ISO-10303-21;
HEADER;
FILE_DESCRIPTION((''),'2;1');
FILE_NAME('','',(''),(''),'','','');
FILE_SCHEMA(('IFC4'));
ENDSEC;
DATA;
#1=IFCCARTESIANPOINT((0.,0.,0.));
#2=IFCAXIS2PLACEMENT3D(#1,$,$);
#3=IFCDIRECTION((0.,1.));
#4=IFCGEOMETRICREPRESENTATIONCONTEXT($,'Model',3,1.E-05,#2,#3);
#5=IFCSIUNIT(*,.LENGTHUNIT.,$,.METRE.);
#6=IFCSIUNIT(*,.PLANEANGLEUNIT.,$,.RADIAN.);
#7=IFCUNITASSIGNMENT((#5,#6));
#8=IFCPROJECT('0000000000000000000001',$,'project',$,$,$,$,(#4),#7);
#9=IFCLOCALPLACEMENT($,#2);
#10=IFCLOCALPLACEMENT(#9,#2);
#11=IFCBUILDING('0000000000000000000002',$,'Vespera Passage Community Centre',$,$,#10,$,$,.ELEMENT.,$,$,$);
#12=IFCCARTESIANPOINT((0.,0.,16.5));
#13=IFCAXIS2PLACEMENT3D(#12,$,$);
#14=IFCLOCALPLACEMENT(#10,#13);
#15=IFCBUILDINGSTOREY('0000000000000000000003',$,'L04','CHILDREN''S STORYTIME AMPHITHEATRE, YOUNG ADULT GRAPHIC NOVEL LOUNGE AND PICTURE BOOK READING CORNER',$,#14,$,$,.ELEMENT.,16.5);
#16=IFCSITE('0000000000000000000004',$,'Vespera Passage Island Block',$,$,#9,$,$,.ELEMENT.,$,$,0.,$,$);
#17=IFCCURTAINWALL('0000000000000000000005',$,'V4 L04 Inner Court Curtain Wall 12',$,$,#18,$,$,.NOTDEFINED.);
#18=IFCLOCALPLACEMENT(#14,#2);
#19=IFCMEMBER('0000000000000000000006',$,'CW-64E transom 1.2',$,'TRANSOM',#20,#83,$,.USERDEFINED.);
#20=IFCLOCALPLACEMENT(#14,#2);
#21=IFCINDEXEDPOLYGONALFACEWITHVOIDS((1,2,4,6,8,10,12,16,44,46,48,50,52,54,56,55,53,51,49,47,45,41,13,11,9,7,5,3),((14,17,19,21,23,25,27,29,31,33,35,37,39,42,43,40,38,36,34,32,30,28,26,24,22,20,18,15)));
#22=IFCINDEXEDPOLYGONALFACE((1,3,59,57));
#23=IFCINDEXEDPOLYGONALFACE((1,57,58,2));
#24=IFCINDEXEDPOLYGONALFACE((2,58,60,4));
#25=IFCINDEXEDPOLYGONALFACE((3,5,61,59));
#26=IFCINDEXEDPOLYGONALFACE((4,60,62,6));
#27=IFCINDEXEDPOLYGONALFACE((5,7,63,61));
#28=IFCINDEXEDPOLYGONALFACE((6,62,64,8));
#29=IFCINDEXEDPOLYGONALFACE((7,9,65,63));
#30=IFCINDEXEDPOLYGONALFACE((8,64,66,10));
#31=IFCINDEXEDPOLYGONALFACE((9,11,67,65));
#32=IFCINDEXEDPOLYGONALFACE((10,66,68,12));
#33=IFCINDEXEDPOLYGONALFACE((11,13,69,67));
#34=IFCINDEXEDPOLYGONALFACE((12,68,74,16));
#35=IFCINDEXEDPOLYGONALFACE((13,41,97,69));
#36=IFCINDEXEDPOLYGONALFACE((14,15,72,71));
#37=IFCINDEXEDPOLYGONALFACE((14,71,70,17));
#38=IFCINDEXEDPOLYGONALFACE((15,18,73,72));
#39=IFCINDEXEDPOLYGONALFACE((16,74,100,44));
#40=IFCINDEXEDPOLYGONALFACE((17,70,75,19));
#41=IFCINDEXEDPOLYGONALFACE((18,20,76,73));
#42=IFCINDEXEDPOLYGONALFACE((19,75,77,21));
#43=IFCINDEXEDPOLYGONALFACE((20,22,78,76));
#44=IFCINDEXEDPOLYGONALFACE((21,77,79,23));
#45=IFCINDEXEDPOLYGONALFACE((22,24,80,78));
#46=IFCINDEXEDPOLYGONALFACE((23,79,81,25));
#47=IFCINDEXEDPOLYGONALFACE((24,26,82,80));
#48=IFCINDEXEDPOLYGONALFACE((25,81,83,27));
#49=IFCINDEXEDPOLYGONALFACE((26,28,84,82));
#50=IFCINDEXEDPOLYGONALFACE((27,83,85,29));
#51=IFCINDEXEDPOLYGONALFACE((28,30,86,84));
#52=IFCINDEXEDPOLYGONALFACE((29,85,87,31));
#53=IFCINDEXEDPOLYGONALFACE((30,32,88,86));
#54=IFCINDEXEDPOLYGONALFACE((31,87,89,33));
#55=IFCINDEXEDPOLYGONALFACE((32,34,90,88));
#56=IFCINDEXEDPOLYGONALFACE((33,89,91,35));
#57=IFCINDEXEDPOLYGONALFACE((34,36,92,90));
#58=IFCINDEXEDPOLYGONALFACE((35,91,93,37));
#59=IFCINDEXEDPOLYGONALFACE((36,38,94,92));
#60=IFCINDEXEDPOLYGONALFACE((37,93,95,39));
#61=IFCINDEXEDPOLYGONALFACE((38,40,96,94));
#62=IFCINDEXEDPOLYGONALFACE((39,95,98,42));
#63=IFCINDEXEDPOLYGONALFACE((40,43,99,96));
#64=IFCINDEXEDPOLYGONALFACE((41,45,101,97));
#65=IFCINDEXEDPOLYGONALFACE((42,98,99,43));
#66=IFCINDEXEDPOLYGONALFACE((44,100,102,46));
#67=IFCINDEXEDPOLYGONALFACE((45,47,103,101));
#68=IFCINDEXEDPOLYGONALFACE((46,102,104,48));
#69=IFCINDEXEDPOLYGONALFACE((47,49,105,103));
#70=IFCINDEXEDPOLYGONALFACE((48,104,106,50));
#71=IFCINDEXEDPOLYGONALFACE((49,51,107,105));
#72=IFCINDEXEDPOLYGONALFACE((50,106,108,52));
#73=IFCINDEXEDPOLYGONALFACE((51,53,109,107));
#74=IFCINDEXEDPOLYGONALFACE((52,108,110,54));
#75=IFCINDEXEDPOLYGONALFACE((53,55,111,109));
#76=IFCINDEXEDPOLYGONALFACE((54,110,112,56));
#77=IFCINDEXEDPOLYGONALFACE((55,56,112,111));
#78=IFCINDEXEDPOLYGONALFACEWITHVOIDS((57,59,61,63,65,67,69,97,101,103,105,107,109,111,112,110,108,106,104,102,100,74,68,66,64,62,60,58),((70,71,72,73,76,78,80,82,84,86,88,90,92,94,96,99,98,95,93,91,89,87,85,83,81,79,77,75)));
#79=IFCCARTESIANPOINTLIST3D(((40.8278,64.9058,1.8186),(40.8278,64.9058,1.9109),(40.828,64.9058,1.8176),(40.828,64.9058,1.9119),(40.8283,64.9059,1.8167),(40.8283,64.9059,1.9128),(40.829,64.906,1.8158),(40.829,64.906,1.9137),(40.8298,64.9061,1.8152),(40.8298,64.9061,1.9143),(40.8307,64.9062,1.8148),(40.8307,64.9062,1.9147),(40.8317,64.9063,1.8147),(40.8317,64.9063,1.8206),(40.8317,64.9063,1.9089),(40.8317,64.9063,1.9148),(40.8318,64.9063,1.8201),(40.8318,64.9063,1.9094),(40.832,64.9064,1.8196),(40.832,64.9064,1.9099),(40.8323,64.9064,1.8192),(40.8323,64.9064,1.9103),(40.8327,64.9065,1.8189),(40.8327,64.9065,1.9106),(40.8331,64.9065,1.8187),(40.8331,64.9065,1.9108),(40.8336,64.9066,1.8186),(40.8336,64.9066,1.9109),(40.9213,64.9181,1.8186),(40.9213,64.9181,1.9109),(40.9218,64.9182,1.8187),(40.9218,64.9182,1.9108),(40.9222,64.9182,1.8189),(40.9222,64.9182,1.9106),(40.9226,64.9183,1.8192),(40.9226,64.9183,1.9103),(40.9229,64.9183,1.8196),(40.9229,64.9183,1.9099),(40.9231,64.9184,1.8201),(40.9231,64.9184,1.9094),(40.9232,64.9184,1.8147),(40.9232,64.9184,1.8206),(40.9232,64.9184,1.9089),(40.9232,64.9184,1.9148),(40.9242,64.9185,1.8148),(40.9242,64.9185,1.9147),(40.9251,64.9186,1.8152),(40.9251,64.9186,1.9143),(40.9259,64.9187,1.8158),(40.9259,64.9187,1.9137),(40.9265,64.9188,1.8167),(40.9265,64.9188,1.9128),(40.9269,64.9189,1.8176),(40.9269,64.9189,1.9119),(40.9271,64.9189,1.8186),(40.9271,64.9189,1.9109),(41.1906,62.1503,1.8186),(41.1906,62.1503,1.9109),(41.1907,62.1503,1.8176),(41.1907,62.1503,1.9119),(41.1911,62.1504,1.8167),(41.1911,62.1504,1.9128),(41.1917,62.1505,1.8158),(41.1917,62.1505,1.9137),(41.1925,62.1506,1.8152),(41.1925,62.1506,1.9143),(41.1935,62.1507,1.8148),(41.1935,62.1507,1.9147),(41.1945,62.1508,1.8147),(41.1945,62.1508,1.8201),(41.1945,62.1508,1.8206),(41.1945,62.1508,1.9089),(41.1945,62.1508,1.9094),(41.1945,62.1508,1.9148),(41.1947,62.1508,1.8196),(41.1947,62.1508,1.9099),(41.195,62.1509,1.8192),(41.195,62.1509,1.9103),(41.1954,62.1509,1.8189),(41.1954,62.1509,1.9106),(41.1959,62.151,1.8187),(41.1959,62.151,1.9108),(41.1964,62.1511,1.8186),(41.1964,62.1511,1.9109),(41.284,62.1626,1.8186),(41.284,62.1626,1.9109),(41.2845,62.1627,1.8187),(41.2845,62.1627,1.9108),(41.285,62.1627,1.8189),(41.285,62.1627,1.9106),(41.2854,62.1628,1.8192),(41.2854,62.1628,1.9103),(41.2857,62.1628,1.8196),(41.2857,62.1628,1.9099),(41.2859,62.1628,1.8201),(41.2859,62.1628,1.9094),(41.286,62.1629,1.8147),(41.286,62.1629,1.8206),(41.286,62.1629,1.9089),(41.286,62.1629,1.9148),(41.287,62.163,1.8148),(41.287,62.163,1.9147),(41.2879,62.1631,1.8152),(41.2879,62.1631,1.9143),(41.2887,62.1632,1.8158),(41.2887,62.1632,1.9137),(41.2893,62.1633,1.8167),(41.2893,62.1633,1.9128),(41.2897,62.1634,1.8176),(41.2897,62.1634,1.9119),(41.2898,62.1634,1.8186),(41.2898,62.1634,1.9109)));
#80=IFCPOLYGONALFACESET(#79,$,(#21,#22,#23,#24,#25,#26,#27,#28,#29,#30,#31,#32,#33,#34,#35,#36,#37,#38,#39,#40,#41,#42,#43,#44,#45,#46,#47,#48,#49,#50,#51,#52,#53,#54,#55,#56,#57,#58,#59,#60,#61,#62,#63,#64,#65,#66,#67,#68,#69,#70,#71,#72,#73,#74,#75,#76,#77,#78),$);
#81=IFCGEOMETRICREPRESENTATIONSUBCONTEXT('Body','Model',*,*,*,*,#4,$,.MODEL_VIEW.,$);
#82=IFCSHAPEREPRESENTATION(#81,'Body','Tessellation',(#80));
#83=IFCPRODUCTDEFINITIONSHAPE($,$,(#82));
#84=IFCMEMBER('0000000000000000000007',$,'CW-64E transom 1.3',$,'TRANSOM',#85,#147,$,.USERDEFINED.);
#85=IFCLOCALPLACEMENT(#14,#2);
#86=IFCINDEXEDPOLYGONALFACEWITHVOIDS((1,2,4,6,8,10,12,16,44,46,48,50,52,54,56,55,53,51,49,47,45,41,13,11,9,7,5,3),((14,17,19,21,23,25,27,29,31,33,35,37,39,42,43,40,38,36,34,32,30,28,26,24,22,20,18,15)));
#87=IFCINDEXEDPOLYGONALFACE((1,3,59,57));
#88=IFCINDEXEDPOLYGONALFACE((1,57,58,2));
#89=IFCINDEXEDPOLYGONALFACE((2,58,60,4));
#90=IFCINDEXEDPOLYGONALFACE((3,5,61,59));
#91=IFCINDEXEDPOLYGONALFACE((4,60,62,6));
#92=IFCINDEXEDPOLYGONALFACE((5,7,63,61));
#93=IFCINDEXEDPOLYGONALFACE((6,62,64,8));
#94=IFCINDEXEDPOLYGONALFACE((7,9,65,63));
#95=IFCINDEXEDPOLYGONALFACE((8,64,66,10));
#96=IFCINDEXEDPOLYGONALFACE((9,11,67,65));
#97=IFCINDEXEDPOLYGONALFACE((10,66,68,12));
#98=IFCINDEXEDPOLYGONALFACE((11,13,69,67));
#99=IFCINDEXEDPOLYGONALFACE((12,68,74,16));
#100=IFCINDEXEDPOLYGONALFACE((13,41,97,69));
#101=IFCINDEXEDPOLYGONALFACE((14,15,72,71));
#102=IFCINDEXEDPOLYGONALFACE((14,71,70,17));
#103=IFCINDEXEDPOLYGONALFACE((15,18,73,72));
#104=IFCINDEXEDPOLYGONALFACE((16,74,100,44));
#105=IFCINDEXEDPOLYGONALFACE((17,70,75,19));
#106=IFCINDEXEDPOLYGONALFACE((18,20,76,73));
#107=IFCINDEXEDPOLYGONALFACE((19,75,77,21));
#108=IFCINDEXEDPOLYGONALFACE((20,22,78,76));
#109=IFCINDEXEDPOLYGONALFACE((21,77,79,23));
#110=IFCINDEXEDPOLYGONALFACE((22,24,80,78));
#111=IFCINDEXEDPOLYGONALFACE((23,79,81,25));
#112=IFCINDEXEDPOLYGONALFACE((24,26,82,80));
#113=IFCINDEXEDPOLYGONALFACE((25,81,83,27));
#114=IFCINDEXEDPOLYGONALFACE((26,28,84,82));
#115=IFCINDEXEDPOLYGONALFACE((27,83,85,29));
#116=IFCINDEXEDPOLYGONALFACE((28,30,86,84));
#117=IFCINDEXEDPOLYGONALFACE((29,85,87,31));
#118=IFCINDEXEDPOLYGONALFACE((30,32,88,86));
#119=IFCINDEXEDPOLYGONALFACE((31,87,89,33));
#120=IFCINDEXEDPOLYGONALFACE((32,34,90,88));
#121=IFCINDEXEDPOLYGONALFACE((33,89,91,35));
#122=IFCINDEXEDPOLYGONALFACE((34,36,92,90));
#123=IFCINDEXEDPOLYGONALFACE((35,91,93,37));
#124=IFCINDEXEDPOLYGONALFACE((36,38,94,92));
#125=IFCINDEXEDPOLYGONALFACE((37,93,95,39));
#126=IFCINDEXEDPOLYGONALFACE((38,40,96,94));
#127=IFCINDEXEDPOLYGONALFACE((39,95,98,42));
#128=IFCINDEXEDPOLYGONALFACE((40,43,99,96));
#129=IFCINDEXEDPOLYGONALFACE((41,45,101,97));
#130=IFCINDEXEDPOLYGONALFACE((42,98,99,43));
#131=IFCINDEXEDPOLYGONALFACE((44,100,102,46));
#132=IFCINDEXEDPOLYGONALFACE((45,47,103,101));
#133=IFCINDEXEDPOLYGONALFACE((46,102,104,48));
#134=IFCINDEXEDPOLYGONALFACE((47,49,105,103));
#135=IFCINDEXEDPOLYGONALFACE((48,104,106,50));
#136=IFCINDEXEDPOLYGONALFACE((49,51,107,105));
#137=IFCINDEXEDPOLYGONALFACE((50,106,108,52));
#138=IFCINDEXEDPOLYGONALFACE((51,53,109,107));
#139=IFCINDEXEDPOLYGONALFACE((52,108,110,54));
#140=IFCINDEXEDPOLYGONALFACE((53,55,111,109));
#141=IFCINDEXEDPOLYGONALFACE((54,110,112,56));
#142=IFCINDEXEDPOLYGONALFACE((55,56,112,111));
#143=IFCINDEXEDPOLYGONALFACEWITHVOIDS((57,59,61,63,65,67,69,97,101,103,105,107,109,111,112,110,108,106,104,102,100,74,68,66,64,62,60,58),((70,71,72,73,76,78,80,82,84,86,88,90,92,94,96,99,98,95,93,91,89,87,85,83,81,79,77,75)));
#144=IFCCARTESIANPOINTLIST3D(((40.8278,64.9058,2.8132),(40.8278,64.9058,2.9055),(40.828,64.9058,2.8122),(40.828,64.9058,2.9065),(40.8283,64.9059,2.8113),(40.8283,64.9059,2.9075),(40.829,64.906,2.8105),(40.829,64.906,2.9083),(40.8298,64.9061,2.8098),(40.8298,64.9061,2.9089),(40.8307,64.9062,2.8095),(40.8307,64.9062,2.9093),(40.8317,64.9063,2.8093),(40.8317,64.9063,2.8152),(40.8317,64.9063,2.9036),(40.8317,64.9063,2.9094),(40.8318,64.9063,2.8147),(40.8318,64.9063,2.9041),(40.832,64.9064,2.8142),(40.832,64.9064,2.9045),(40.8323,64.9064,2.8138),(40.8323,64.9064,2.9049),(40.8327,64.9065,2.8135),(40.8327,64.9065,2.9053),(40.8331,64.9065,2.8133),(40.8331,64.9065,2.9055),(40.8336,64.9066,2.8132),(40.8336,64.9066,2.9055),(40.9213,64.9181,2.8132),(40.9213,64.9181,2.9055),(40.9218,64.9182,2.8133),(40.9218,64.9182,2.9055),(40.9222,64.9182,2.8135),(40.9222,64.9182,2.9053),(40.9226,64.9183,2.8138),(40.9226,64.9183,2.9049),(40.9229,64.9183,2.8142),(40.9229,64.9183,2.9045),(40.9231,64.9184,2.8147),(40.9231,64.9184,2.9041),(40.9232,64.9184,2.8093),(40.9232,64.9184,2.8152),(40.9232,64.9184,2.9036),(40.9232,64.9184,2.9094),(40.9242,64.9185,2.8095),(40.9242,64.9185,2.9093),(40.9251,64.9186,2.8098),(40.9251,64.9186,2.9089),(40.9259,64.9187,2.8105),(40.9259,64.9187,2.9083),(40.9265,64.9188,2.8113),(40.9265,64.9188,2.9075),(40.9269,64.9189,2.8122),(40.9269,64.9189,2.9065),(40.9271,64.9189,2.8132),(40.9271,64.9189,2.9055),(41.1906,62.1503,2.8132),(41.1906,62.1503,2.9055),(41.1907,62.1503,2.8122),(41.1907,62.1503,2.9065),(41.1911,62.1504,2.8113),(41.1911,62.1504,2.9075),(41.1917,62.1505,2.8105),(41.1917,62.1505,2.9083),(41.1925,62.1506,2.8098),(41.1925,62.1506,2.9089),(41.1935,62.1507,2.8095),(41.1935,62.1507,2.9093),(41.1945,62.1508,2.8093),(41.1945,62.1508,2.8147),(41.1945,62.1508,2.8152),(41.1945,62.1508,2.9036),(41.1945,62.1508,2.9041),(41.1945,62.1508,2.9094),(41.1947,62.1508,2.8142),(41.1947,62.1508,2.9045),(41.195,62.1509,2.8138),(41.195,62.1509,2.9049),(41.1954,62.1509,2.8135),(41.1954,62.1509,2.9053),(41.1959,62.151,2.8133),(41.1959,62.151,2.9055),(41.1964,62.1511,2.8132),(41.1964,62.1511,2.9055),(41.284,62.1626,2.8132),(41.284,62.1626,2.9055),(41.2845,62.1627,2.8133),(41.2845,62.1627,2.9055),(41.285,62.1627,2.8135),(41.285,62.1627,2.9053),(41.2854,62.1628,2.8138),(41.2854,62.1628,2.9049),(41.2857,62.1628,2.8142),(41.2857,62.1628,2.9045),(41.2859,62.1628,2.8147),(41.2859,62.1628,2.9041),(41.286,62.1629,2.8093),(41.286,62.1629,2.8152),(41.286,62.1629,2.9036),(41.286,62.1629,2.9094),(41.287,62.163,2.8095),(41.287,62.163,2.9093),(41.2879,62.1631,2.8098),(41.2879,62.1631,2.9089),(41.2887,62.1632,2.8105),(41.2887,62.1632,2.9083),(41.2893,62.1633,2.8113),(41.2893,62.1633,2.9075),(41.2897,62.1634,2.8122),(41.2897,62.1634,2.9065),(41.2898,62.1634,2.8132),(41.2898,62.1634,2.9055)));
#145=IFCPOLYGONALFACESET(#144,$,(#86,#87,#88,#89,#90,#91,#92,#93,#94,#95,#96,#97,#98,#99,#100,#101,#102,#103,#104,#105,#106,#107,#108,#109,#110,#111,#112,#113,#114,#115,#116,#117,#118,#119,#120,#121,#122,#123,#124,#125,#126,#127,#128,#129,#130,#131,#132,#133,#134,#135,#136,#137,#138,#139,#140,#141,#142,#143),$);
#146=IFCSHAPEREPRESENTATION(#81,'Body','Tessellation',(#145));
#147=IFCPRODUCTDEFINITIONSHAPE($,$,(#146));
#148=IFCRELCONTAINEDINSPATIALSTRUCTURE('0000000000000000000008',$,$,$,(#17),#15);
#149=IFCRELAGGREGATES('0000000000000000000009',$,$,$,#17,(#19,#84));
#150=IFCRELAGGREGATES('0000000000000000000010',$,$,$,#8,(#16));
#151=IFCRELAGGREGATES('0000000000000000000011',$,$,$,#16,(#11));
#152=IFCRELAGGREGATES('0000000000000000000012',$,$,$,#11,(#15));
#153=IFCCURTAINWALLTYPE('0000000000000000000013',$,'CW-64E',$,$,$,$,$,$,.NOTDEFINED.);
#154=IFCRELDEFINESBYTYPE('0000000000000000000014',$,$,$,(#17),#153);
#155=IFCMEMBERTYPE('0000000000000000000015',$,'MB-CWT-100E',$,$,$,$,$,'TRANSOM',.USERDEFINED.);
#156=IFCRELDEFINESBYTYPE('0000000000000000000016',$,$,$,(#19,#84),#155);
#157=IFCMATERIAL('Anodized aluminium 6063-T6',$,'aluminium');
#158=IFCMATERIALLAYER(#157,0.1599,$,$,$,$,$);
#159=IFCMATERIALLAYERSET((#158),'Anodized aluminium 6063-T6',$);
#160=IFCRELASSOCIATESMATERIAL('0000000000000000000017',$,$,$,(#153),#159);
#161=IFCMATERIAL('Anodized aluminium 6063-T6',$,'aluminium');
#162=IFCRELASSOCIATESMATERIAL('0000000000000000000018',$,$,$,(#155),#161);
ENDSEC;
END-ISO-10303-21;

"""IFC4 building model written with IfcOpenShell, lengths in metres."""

from ifc_helpers import new_model, si_unit, direction, frame, origin, origin_2d, place, context, subcontext, project, spatial, hollow_rectangle, extrude, material, layer, layer_set, material_profile, profile_set, type_object, element, aggregate, save


model = new_model("IFC4")

# Units and contexts
model_context = context("Model", 3, precision=1e-05, world=origin(), true_north=direction((0.0, 1.0)))
body_context = subcontext(model_context, "Body", "Model", "MODEL_VIEW")
ifc_project = project(units=[si_unit("LENGTHUNIT", "METRE"), si_unit("PLANEANGLEUNIT", "RADIAN")], contexts=[model_context])

# Site, building, storey
site_placement = place(None, origin())
site = spatial("IfcSite", under=ifc_project, at=site_placement, Name="Vespera Passage Island Block", CompositionType="ELEMENT", RefElevation=0.0)
building_placement = place(site_placement, origin())
building = spatial("IfcBuilding", under=site, at=building_placement, Name="Vespera Passage Community Centre", CompositionType="ELEMENT")
storey_placement = place(building_placement, frame((0.0, 0.0, 16.5)))
storey = spatial("IfcBuildingStorey", under=building, at=storey_placement, Name="L04", Description="CHILDREN'S STORYTIME AMPHITHEATRE, YOUNG ADULT GRAPHIC NOVEL LOUNGE AND PICTURE BOOK READING CORNER", CompositionType="ELEMENT", Elevation=16.5)

# Curtain wall, members
ifc_material_1 = material(Name="Anodized aluminium 6063-T6", Category="aluminium")
ifc_layer_1 = layer(ifc_material_1, 0.1599)
ifc_layer_set_1 = layer_set([ifc_layer_1], Name="Anodized aluminium 6063-T6")
curtain_wall_type = type_object("IfcCurtainWallType", Name="CW-64E", PredefinedType="NOTDEFINED", material=ifc_layer_set_1)
curtain_wall_placement = place(storey_placement, origin())
curtain_wall = element("IfcCurtainWall", 1, at=curtain_wall_placement, inside=storey, type_object=curtain_wall_type, Name="V4 L04 Inner Court Curtain Wall 12", PredefinedType="NOTDEFINED")
ifc_material_2 = material(Name="Anodized aluminium 6063-T6", Category="aluminium")
ifc_material_profile_1 = material_profile(ifc_material_2, hollow_rectangle(XDim=0.1001, YDim=0.1001, WallThickness=0.0039, InnerFilletRadius=0.002, OuterFilletRadius=0.0039, at=origin_2d()), Name="ALU100X100X4")
ifc_profile_set_1 = profile_set([ifc_material_profile_1], Name="Anodized aluminium 6063-T6")
member_type_1 = type_object("IfcMemberType", Name="MB-CWT-100E", ElementType="TRANSOM", PredefinedType="USERDEFINED", material=ifc_profile_set_1)
member_1_placement = place(storey_placement, frame((40.8774, 64.9124, 1.8647), z_axis=(0.130529, -0.991444, 0.0), x_axis=(0.991444, 0.130529, 0.0)))
member_1 = element("IfcMember", 2, at=member_1_placement, type_object=member_type_1, Name="CW-64E transom 1.2", ObjectType="TRANSOM", PredefinedType="USERDEFINED", context=body_context, shape_type="SweptSolid", body=[
    extrude(hollow_rectangle(XDim=0.1001, YDim=0.1001, WallThickness=0.0039, InnerFilletRadius=0.002, OuterFilletRadius=0.0039, at=origin_2d()), origin(), (0.0, 0.0, 1.0), 2.7793),
])
member_2_placement = place(storey_placement, frame((40.8774, 64.9124, 2.8594), z_axis=(0.130529, -0.991444, 0.0), x_axis=(0.991444, 0.130529, 0.0)))
member_2 = element("IfcMember", 3, at=member_2_placement, type_object=member_type_1, Name="CW-64E transom 1.3", ObjectType="TRANSOM", PredefinedType="USERDEFINED", context=body_context, shape_type="SweptSolid", body=[
    extrude(hollow_rectangle(XDim=0.1001, YDim=0.1001, WallThickness=0.0039, InnerFilletRadius=0.002, OuterFilletRadius=0.0039, at=origin_2d()), origin(), (0.0, 0.0, 1.0), 2.7793),
])
aggregate(curtain_wall, [member_1, member_2])

save(model, "model.ifc")
